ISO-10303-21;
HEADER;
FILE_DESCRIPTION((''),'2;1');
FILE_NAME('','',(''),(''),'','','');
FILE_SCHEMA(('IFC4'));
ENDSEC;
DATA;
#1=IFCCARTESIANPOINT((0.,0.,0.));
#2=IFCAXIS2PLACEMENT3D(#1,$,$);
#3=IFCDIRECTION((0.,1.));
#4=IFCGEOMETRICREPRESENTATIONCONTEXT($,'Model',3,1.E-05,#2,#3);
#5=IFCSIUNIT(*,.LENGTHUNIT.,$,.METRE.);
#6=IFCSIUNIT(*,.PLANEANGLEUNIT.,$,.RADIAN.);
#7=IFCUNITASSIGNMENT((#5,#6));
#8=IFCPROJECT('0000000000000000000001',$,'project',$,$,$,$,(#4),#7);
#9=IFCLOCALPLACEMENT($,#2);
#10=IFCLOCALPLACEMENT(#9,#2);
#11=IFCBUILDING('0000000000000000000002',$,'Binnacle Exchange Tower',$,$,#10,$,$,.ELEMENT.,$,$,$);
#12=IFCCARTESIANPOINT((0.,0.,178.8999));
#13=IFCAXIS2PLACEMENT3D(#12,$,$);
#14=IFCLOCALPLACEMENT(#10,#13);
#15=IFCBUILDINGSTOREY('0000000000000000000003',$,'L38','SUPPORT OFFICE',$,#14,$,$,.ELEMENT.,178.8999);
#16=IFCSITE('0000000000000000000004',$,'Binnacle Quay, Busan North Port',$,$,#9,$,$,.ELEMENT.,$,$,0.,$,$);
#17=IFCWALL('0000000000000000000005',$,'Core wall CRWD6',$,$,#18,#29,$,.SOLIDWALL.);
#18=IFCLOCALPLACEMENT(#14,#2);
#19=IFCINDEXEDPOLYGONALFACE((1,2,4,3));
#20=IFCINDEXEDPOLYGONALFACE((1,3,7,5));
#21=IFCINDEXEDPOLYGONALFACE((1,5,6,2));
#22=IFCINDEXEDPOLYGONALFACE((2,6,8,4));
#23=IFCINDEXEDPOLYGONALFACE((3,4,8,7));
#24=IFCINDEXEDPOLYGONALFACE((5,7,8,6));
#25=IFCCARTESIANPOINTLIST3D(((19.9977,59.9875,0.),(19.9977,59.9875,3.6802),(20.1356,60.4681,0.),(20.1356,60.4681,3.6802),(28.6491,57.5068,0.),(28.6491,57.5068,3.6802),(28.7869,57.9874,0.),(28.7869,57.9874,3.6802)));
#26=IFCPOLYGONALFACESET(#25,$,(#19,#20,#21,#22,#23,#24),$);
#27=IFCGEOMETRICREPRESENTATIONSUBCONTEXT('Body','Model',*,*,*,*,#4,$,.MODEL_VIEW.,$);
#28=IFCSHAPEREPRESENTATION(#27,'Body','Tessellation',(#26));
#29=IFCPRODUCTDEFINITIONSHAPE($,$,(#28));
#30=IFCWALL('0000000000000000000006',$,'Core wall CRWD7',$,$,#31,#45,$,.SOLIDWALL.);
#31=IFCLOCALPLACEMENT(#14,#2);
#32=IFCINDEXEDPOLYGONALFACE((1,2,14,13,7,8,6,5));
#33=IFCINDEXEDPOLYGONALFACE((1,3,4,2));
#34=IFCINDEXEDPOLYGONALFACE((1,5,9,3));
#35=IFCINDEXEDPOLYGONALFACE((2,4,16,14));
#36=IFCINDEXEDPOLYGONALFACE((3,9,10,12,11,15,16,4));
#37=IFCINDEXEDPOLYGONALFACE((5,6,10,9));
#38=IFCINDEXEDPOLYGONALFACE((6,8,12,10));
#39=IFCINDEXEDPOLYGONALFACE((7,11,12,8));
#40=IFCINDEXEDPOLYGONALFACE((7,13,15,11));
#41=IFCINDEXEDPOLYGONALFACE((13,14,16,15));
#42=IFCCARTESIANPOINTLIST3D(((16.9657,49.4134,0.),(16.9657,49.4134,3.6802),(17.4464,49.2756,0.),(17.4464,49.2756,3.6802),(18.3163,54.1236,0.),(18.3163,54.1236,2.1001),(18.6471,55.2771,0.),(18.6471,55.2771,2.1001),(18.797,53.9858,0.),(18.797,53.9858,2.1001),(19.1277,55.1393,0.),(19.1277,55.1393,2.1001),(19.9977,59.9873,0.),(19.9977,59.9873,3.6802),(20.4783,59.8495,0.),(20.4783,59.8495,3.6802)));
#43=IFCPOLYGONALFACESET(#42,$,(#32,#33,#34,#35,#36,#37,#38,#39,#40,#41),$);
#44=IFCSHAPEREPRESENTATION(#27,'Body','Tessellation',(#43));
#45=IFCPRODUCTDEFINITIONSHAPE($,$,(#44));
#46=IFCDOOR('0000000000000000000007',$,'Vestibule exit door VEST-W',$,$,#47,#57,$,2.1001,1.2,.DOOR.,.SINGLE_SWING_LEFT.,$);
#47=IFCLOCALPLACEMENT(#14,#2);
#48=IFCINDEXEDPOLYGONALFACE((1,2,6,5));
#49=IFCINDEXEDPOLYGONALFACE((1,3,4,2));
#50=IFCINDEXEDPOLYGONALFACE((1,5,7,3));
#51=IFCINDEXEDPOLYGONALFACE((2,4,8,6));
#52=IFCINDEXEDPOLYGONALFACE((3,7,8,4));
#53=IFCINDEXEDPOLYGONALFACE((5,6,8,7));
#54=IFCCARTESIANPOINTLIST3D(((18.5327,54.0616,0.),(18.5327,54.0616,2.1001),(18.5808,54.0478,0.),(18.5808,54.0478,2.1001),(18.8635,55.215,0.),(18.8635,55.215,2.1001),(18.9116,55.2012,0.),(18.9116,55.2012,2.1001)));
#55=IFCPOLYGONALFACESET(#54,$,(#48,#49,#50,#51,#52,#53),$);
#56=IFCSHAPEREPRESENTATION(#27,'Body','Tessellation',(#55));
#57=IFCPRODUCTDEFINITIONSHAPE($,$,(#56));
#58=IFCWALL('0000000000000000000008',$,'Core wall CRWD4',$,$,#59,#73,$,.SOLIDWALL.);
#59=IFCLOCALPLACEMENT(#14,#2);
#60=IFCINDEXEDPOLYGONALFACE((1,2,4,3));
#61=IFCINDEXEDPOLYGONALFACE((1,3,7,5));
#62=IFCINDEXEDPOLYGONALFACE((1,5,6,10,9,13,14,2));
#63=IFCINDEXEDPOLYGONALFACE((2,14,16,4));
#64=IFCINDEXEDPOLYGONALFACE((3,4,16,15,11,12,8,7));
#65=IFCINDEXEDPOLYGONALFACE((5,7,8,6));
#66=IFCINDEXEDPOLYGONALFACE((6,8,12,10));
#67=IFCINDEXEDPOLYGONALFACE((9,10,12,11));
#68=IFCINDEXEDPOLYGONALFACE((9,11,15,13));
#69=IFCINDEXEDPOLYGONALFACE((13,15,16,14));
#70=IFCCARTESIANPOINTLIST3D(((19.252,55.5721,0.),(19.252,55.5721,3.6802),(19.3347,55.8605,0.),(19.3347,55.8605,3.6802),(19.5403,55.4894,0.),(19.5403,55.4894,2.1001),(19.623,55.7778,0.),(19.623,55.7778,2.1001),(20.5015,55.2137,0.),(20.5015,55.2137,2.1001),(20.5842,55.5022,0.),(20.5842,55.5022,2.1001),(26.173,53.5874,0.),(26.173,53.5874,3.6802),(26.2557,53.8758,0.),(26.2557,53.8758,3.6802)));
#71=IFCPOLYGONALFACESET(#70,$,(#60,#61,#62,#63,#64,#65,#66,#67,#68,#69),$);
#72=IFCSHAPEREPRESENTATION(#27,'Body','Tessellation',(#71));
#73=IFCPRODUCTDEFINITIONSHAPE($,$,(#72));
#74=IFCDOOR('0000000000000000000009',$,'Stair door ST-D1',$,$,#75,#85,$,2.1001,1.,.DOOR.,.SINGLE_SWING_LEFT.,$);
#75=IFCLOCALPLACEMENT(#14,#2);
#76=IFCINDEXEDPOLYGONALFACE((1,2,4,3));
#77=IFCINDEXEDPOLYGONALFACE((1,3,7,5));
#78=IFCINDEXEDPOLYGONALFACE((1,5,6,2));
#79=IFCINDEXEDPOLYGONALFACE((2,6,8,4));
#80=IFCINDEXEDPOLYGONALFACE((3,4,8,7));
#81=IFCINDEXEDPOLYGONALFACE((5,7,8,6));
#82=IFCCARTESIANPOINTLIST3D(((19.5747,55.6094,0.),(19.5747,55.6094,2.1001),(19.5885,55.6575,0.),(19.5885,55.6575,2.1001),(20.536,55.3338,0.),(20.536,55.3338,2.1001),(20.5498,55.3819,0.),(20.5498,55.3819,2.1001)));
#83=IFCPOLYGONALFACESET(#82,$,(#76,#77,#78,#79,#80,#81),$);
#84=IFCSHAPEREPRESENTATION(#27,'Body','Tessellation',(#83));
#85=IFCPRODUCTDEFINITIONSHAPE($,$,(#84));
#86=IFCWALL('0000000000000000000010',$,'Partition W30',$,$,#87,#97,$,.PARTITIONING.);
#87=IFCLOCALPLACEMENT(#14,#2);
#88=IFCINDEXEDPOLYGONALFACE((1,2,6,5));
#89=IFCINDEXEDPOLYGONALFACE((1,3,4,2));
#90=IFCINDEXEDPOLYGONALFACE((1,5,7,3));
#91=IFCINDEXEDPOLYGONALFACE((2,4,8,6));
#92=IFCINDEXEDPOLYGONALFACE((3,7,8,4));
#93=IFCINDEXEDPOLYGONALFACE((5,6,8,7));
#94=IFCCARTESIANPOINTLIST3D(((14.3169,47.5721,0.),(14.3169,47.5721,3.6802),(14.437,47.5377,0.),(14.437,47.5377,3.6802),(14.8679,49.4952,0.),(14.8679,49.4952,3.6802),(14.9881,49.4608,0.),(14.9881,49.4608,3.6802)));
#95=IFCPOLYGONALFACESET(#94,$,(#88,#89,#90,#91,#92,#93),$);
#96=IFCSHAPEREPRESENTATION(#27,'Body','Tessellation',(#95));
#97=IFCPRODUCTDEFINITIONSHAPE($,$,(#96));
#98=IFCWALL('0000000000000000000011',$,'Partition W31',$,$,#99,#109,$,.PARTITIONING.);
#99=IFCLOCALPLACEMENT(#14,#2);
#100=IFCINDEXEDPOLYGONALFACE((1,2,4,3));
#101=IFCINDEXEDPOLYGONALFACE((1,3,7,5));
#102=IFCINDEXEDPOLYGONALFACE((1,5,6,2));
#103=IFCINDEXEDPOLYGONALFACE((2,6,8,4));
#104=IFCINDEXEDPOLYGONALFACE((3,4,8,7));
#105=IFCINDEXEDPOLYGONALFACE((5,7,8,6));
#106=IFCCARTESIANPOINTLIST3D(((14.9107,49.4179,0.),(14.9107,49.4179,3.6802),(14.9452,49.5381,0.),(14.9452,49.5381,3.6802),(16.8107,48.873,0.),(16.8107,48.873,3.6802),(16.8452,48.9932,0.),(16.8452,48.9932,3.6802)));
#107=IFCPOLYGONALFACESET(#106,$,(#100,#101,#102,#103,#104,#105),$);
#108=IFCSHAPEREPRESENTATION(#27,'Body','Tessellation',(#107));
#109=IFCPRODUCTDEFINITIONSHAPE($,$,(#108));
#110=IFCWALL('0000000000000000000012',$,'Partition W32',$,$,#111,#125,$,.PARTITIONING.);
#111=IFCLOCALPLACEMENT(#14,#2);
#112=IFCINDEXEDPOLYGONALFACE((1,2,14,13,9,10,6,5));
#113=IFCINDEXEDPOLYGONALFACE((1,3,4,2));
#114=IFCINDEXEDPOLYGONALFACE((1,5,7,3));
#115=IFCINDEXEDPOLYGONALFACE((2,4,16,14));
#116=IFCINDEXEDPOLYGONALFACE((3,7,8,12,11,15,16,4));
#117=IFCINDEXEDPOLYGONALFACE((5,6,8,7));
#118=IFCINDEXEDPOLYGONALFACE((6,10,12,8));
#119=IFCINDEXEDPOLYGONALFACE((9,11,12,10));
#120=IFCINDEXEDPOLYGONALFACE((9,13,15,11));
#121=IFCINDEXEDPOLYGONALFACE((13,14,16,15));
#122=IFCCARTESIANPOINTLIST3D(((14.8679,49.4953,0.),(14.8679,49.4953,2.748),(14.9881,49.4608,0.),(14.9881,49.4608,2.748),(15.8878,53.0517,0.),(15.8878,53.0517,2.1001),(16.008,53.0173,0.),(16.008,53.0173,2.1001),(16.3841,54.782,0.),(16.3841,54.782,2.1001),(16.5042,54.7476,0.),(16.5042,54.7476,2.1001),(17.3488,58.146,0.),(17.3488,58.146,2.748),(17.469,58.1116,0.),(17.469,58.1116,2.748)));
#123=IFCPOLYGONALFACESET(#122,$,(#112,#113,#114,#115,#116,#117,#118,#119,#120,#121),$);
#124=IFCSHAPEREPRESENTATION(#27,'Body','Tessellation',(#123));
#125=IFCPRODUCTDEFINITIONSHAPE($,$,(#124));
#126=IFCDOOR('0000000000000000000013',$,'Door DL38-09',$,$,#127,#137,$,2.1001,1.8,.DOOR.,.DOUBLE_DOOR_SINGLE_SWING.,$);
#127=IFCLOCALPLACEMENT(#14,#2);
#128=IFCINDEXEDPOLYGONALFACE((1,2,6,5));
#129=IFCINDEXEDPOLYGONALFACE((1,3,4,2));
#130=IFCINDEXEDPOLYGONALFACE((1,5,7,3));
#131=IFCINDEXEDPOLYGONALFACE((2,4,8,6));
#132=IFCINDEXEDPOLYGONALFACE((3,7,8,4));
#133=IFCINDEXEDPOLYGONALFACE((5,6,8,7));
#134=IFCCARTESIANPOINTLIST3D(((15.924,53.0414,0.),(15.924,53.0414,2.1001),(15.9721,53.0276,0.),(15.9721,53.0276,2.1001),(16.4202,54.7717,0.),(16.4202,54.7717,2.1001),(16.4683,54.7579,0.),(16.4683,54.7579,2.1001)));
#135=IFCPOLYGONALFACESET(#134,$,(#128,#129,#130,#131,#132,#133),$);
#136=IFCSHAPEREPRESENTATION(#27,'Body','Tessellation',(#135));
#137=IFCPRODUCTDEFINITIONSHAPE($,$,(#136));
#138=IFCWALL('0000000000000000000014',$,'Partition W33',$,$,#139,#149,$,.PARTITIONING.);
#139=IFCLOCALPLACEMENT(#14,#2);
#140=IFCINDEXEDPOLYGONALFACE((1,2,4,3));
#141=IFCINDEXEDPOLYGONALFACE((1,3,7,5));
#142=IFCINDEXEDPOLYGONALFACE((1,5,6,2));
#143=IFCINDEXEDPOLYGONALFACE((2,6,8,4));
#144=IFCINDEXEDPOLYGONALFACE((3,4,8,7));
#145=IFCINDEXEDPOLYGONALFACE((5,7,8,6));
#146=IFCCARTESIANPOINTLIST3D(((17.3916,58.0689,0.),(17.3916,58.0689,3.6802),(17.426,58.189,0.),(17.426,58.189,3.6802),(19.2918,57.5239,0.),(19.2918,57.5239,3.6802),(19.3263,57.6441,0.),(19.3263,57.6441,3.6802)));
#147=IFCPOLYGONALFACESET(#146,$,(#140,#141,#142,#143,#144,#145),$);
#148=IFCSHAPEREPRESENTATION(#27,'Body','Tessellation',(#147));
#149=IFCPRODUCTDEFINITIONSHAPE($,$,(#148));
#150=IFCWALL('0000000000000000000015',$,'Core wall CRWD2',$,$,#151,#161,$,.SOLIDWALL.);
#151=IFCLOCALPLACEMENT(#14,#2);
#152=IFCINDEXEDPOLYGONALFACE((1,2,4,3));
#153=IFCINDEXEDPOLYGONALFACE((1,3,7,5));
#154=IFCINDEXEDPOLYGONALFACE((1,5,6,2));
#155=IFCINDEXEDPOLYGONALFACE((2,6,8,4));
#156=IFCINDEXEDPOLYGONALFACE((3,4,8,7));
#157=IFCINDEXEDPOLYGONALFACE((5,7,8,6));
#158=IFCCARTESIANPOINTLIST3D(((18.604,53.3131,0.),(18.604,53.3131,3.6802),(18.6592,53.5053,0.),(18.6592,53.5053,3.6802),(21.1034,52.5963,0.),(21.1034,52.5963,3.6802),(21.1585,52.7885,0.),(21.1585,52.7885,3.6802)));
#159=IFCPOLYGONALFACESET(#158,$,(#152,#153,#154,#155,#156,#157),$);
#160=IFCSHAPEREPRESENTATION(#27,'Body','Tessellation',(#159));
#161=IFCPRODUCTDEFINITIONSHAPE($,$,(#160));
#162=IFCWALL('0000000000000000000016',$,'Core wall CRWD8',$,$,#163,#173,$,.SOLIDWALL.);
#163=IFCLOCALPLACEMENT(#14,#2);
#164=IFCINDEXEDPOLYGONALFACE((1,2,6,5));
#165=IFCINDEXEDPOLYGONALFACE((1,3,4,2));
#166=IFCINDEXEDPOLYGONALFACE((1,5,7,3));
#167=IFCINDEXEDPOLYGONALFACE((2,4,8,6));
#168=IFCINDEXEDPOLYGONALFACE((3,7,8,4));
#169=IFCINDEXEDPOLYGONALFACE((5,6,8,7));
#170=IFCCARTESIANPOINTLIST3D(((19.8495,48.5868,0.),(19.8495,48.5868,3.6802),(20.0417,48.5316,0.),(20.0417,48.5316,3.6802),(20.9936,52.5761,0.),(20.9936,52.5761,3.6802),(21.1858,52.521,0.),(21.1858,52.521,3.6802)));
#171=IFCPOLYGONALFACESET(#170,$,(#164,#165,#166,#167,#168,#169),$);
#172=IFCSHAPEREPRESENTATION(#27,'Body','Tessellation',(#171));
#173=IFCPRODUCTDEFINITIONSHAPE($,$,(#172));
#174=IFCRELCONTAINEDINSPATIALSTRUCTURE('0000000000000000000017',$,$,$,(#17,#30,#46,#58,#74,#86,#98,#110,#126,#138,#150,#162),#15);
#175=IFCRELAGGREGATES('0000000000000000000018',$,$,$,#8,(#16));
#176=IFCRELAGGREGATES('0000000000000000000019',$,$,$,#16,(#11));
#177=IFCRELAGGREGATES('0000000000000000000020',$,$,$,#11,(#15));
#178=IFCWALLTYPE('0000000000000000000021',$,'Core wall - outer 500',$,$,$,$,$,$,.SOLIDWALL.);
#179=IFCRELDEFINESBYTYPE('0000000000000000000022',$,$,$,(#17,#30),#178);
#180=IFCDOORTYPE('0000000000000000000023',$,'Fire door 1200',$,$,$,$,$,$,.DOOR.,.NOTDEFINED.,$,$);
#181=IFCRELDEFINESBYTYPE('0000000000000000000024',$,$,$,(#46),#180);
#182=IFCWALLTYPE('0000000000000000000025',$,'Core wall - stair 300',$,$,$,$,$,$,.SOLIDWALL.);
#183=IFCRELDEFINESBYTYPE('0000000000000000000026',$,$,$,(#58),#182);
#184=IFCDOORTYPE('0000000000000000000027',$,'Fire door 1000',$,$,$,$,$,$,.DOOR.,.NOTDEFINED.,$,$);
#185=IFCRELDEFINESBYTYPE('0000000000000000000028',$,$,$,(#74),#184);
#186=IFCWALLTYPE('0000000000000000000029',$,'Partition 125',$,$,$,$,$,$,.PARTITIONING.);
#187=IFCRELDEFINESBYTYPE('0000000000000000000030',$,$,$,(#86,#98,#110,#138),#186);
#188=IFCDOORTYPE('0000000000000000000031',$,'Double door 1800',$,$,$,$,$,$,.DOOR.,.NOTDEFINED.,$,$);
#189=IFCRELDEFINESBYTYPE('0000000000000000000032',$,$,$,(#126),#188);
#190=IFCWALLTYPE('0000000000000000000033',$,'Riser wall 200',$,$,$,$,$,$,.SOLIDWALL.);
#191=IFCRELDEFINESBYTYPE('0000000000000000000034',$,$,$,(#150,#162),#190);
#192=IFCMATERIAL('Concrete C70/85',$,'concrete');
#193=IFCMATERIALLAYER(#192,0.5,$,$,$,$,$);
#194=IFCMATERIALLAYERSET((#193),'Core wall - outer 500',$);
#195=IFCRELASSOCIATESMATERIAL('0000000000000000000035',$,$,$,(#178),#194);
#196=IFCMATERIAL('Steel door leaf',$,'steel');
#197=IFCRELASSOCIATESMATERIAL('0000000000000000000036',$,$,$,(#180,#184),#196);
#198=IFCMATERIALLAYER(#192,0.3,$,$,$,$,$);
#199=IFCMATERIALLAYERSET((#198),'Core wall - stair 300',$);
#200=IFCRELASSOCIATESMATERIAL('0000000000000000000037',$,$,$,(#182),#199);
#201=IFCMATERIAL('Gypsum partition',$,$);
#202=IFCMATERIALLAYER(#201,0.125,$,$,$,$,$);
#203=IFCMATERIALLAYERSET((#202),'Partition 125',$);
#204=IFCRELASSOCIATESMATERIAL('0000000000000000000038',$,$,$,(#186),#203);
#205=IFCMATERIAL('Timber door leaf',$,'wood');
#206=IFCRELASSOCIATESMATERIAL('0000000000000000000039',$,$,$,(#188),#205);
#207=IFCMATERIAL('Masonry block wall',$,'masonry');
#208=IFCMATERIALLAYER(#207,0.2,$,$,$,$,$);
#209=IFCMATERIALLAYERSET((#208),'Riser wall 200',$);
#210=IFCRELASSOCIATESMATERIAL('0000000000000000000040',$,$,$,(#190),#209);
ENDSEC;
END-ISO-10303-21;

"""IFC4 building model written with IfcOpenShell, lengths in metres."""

from ifc_helpers import new_model, si_unit, direction, frame, frame_2d, origin, place, context, subcontext, project, spatial, rectangle, extrude, material, layer, layer_set, type_object, element, fill, save


model = new_model("IFC4")

# Units and contexts
model_context = context("Model", 3, precision=1e-05, world=origin(), true_north=direction((0.0, 1.0)))
body_context = subcontext(model_context, "Body", "Model", "MODEL_VIEW")
ifc_project = project(units=[si_unit("LENGTHUNIT", "METRE"), si_unit("PLANEANGLEUNIT", "RADIAN")], contexts=[model_context])

# Site, building, storey
site_placement = place(None, origin())
site = spatial("IfcSite", under=ifc_project, at=site_placement, Name="Binnacle Quay, Busan North Port", CompositionType="ELEMENT", RefElevation=0.0)
building_placement = place(site_placement, origin())
building = spatial("IfcBuilding", under=site, at=building_placement, Name="Binnacle Exchange Tower", CompositionType="ELEMENT")
storey_placement = place(building_placement, frame((0.0, 0.0, 178.8999)))
storey = spatial("IfcBuildingStorey", under=building, at=storey_placement, Name="L38", Description="SUPPORT OFFICE", CompositionType="ELEMENT", Elevation=178.8999)

# Shared definitions
ifc_material_1 = material(Name="Concrete C70/85", Category="concrete")

# Shared definitions
ifc_material_2 = material(Name="Steel door leaf", Category="steel")

# Wall
ifc_layer_1 = layer(ifc_material_1, 0.5)
ifc_layer_set_1 = layer_set([ifc_layer_1], Name="Core wall - outer 500")
wall_type_1 = type_object("IfcWallType", Name="Core wall - outer 500", PredefinedType="SOLIDWALL", material=ifc_layer_set_1)
for number, where, z_axis, x_axis, name in (
    (1, (20.0667, 60.2278, 0.0), (0.0, 0.0, 1.0), (0.961262, -0.275635, 0.0), "Core wall CRWD6"),
):
    element("IfcWall", number, at=place(storey_placement, frame(where, z_axis=z_axis, x_axis=x_axis)), inside=storey, type_object=wall_type_1, Name=name, PredefinedType="SOLIDWALL", context=body_context, shape_type="SweptSolid", body=[
        extrude(rectangle(XDim=9.0, YDim=0.5, at=frame_2d((4.5, 0.0))), origin(), (0.0, 0.0, 1.0), 3.6802),
    ])

# Walls, openings, doors
wall_1_placement = place(storey_placement, frame((17.2061, 49.3445, 0.0), z_axis=(0.0, 0.0, 1.0), x_axis=(0.275633, 0.961263, 0.0)))
wall_1 = element("IfcWall", 2, at=wall_1_placement, inside=storey, type_object=wall_type_1, Name="Core wall CRWD7", PredefinedType="SOLIDWALL", context=body_context, shape_type="SweptSolid", body=[
    extrude(rectangle(XDim=11.0, YDim=0.5, at=frame_2d((5.5, 0.0))), origin(), (0.0, 0.0, 1.0), 3.6802),
])
opening_1_placement = place(wall_1_placement, frame((4.8999, 0.0, 0.0)))
opening_1 = element("IfcOpeningElement", 3, at=opening_1_placement, cuts=wall_1, PredefinedType="OPENING", context=body_context, shape_type="SweptSolid", body=[
    extrude(rectangle(XDim=1.2, YDim=2.1001, at=frame_2d((0.6001, 1.05))), frame((0.0, 0.26, 0.0), z_axis=(0.0, -1.0, 0.0), x_axis=(1.0, 0.0, 0.0)), (0.0, 0.0, 1.0), 0.52),
])
door_type_1 = type_object("IfcDoorType", Name="Fire door 1200", OperationType="NOTDEFINED", PredefinedType="DOOR", material=ifc_material_2)
door_1_placement = place(opening_1_placement, origin())
door_1 = element("IfcDoor", 4, at=door_1_placement, inside=storey, type_object=door_type_1, Name="Vestibule exit door VEST-W", OperationType="SINGLE_SWING_LEFT", OverallHeight=2.1001, OverallWidth=1.2, PredefinedType="DOOR", context=body_context, shape_type="SweptSolid", body=[
    extrude(rectangle(XDim=1.2, YDim=2.1001, at=frame_2d((0.6001, 1.05))), frame((0.0, 0.0249, 0.0), z_axis=(0.0, -1.0, 0.0), x_axis=(1.0, 0.0, 0.0)), (0.0, 0.0, 1.0), 0.05),
])
fill(opening_1, door_1)
ifc_layer_2 = layer(ifc_material_1, 0.3)
ifc_layer_set_2 = layer_set([ifc_layer_2], Name="Core wall - stair 300")
wall_type_2 = type_object("IfcWallType", Name="Core wall - stair 300", PredefinedType="SOLIDWALL", material=ifc_layer_set_2)
wall_2_placement = place(storey_placement, frame((19.2932, 55.7163, 0.0), z_axis=(0.0, 0.0, 1.0), x_axis=(0.961259, -0.275648, 0.0)))
wall_2 = element("IfcWall", 5, at=wall_2_placement, inside=storey, type_object=wall_type_2, Name="Core wall CRWD4", PredefinedType="SOLIDWALL", context=body_context, shape_type="SweptSolid", body=[
    extrude(rectangle(XDim=7.2, YDim=0.3, at=frame_2d((3.6001, 0.0))), origin(), (0.0, 0.0, 1.0), 3.6802),
])
opening_2_placement = place(wall_2_placement, frame((0.3, 0.0, 0.0)))
opening_2 = element("IfcOpeningElement", 6, at=opening_2_placement, cuts=wall_2, PredefinedType="OPENING", context=body_context, shape_type="SweptSolid", body=[
    extrude(rectangle(XDim=1.0, YDim=2.1001, at=frame_2d((0.5, 1.05))), frame((0.0, 0.1599, 0.0), z_axis=(0.0, -1.0, 0.0), x_axis=(1.0, 0.0, 0.0)), (0.0, 0.0, 1.0), 0.3201),
])
door_type_2 = type_object("IfcDoorType", Name="Fire door 1000", OperationType="NOTDEFINED", PredefinedType="DOOR", material=ifc_material_2)
door_2_placement = place(opening_2_placement, origin())
door_2 = element("IfcDoor", 7, at=door_2_placement, inside=storey, type_object=door_type_2, Name="Stair door ST-D1", OperationType="SINGLE_SWING_LEFT", OverallHeight=2.1001, OverallWidth=1.0, PredefinedType="DOOR", context=body_context, shape_type="SweptSolid", body=[
    extrude(rectangle(XDim=1.0, YDim=2.1001, at=frame_2d((0.5, 1.05))), frame((0.0, 0.0249, 0.0), z_axis=(0.0, -1.0, 0.0), x_axis=(1.0, 0.0, 0.0)), (0.0, 0.0, 1.0), 0.05),
])
fill(opening_2, door_2)

# Walls
ifc_material_3 = material(Name="Gypsum partition")
ifc_layer_3 = layer(ifc_material_3, 0.125)
ifc_layer_set_3 = layer_set([ifc_layer_3], Name="Partition 125")
wall_type_3 = type_object("IfcWallType", Name="Partition 125", PredefinedType="PARTITIONING", material=ifc_layer_set_3)
wall_3_placement = place(storey_placement, frame((14.377, 47.5549, 0.0), z_axis=(0.0, 0.0, 1.0), x_axis=(0.275446, 0.961316, 0.0)))
element("IfcWall", 8, at=wall_3_placement, inside=storey, type_object=wall_type_3, Name="Partition W30", PredefinedType="PARTITIONING", context=body_context, shape_type="SweptSolid", body=[
    extrude(rectangle(XDim=2.0005, YDim=0.125, at=frame_2d((1.0002, 0.0))), origin(), (0.0, 0.0, 1.0), 3.6802),
])
wall_4_placement = place(storey_placement, frame((14.928, 49.478, 0.0), z_axis=(0.0, 0.0, 1.0), x_axis=(0.961244, -0.2757, 0.0)))
element("IfcWall", 9, at=wall_4_placement, inside=storey, type_object=wall_type_3, Name="Partition W31", PredefinedType="PARTITIONING", context=body_context, shape_type="SweptSolid", body=[
    extrude(rectangle(XDim=1.9766, YDim=0.125, at=frame_2d((0.9883, 0.0))), origin(), (0.0, 0.0, 1.0), 3.6802),
])

# Wall, opening, door
wall_5_placement = place(storey_placement, frame((14.928, 49.478, 0.0), z_axis=(0.0, 0.0, 1.0), x_axis=(0.275674, 0.961251, 0.0)))
wall_5 = element("IfcWall", 10, at=wall_5_placement, inside=storey, type_object=wall_type_3, Name="Partition W32", PredefinedType="PARTITIONING", context=body_context, shape_type="SweptSolid", body=[
    extrude(rectangle(XDim=8.9995, YDim=0.125, at=frame_2d((4.4998, 0.0))), origin(), (0.0, 0.0, 1.0), 2.748),
])
opening_3_placement = place(wall_5_placement, frame((3.7, 0.0, 0.0)))
opening_3 = element("IfcOpeningElement", 11, at=opening_3_placement, cuts=wall_5, PredefinedType="OPENING", context=body_context, shape_type="SweptSolid", body=[
    extrude(rectangle(XDim=1.8, YDim=2.1001, at=frame_2d((0.8999, 1.05))), frame((0.0, 0.0725, 0.0), z_axis=(0.0, -1.0, 0.0), x_axis=(1.0, 0.0, 0.0)), (0.0, 0.0, 1.0), 0.145),
])
ifc_material_4 = material(Name="Timber door leaf", Category="wood")
door_type_3 = type_object("IfcDoorType", Name="Double door 1800", OperationType="NOTDEFINED", PredefinedType="DOOR", material=ifc_material_4)
door_3_placement = place(opening_3_placement, origin())
door_3 = element("IfcDoor", 12, at=door_3_placement, inside=storey, type_object=door_type_3, Name="Door DL38-09", OperationType="DOUBLE_DOOR_SINGLE_SWING", OverallHeight=2.1001, OverallWidth=1.8, PredefinedType="DOOR", context=body_context, shape_type="SweptSolid", body=[
    extrude(rectangle(XDim=1.8, YDim=2.1001, at=frame_2d((0.8999, 1.05))), frame((0.0, 0.0249, 0.0), z_axis=(0.0, -1.0, 0.0), x_axis=(1.0, 0.0, 0.0)), (0.0, 0.0, 1.0), 0.05),
])
fill(opening_3, door_3)

# Walls
wall_6_placement = place(storey_placement, frame((17.4089, 58.1289, 0.0), z_axis=(0.0, 0.0, 1.0), x_axis=(0.961253, -0.275667, 0.0)))
element("IfcWall", 13, at=wall_6_placement, inside=storey, type_object=wall_type_3, Name="Partition W33", PredefinedType="PARTITIONING", context=body_context, shape_type="SweptSolid", body=[
    extrude(rectangle(XDim=1.9768, YDim=0.125, at=frame_2d((0.9883, 0.0))), origin(), (0.0, 0.0, 1.0), 3.6802),
])
ifc_material_5 = material(Name="Masonry block wall", Category="masonry")
ifc_layer_4 = layer(ifc_material_5, 0.2)
ifc_layer_set_4 = layer_set([ifc_layer_4], Name="Riser wall 200")
wall_type_4 = type_object("IfcWallType", Name="Riser wall 200", PredefinedType="SOLIDWALL", material=ifc_layer_set_4)
wall_7_placement = place(storey_placement, frame((18.6316, 53.4092, 0.0), z_axis=(0.0, 0.0, 1.0), x_axis=(0.961247, -0.275688, 0.0)))
element("IfcWall", 14, at=wall_7_placement, inside=storey, type_object=wall_type_4, Name="Core wall CRWD2", PredefinedType="SOLIDWALL", context=body_context, shape_type="SweptSolid", body=[
    extrude(rectangle(XDim=2.6001, YDim=0.2, at=frame_2d((1.3, 0.0))), origin(), (0.0, 0.0, 1.0), 3.6802),
])
wall_8_placement = place(storey_placement, frame((19.9456, 48.5591, 0.0), z_axis=(0.0, 0.0, 1.0), x_axis=(0.275669, 0.961253, 0.0)))
element("IfcWall", 15, at=wall_8_placement, inside=storey, type_object=wall_type_4, Name="Core wall CRWD8", PredefinedType="SOLIDWALL", context=body_context, shape_type="SweptSolid", body=[
    extrude(rectangle(XDim=4.1501, YDim=0.2, at=frame_2d((2.0752, 0.0))), origin(), (0.0, 0.0, 1.0), 3.6802),
])

save(model, "model.ifc")
